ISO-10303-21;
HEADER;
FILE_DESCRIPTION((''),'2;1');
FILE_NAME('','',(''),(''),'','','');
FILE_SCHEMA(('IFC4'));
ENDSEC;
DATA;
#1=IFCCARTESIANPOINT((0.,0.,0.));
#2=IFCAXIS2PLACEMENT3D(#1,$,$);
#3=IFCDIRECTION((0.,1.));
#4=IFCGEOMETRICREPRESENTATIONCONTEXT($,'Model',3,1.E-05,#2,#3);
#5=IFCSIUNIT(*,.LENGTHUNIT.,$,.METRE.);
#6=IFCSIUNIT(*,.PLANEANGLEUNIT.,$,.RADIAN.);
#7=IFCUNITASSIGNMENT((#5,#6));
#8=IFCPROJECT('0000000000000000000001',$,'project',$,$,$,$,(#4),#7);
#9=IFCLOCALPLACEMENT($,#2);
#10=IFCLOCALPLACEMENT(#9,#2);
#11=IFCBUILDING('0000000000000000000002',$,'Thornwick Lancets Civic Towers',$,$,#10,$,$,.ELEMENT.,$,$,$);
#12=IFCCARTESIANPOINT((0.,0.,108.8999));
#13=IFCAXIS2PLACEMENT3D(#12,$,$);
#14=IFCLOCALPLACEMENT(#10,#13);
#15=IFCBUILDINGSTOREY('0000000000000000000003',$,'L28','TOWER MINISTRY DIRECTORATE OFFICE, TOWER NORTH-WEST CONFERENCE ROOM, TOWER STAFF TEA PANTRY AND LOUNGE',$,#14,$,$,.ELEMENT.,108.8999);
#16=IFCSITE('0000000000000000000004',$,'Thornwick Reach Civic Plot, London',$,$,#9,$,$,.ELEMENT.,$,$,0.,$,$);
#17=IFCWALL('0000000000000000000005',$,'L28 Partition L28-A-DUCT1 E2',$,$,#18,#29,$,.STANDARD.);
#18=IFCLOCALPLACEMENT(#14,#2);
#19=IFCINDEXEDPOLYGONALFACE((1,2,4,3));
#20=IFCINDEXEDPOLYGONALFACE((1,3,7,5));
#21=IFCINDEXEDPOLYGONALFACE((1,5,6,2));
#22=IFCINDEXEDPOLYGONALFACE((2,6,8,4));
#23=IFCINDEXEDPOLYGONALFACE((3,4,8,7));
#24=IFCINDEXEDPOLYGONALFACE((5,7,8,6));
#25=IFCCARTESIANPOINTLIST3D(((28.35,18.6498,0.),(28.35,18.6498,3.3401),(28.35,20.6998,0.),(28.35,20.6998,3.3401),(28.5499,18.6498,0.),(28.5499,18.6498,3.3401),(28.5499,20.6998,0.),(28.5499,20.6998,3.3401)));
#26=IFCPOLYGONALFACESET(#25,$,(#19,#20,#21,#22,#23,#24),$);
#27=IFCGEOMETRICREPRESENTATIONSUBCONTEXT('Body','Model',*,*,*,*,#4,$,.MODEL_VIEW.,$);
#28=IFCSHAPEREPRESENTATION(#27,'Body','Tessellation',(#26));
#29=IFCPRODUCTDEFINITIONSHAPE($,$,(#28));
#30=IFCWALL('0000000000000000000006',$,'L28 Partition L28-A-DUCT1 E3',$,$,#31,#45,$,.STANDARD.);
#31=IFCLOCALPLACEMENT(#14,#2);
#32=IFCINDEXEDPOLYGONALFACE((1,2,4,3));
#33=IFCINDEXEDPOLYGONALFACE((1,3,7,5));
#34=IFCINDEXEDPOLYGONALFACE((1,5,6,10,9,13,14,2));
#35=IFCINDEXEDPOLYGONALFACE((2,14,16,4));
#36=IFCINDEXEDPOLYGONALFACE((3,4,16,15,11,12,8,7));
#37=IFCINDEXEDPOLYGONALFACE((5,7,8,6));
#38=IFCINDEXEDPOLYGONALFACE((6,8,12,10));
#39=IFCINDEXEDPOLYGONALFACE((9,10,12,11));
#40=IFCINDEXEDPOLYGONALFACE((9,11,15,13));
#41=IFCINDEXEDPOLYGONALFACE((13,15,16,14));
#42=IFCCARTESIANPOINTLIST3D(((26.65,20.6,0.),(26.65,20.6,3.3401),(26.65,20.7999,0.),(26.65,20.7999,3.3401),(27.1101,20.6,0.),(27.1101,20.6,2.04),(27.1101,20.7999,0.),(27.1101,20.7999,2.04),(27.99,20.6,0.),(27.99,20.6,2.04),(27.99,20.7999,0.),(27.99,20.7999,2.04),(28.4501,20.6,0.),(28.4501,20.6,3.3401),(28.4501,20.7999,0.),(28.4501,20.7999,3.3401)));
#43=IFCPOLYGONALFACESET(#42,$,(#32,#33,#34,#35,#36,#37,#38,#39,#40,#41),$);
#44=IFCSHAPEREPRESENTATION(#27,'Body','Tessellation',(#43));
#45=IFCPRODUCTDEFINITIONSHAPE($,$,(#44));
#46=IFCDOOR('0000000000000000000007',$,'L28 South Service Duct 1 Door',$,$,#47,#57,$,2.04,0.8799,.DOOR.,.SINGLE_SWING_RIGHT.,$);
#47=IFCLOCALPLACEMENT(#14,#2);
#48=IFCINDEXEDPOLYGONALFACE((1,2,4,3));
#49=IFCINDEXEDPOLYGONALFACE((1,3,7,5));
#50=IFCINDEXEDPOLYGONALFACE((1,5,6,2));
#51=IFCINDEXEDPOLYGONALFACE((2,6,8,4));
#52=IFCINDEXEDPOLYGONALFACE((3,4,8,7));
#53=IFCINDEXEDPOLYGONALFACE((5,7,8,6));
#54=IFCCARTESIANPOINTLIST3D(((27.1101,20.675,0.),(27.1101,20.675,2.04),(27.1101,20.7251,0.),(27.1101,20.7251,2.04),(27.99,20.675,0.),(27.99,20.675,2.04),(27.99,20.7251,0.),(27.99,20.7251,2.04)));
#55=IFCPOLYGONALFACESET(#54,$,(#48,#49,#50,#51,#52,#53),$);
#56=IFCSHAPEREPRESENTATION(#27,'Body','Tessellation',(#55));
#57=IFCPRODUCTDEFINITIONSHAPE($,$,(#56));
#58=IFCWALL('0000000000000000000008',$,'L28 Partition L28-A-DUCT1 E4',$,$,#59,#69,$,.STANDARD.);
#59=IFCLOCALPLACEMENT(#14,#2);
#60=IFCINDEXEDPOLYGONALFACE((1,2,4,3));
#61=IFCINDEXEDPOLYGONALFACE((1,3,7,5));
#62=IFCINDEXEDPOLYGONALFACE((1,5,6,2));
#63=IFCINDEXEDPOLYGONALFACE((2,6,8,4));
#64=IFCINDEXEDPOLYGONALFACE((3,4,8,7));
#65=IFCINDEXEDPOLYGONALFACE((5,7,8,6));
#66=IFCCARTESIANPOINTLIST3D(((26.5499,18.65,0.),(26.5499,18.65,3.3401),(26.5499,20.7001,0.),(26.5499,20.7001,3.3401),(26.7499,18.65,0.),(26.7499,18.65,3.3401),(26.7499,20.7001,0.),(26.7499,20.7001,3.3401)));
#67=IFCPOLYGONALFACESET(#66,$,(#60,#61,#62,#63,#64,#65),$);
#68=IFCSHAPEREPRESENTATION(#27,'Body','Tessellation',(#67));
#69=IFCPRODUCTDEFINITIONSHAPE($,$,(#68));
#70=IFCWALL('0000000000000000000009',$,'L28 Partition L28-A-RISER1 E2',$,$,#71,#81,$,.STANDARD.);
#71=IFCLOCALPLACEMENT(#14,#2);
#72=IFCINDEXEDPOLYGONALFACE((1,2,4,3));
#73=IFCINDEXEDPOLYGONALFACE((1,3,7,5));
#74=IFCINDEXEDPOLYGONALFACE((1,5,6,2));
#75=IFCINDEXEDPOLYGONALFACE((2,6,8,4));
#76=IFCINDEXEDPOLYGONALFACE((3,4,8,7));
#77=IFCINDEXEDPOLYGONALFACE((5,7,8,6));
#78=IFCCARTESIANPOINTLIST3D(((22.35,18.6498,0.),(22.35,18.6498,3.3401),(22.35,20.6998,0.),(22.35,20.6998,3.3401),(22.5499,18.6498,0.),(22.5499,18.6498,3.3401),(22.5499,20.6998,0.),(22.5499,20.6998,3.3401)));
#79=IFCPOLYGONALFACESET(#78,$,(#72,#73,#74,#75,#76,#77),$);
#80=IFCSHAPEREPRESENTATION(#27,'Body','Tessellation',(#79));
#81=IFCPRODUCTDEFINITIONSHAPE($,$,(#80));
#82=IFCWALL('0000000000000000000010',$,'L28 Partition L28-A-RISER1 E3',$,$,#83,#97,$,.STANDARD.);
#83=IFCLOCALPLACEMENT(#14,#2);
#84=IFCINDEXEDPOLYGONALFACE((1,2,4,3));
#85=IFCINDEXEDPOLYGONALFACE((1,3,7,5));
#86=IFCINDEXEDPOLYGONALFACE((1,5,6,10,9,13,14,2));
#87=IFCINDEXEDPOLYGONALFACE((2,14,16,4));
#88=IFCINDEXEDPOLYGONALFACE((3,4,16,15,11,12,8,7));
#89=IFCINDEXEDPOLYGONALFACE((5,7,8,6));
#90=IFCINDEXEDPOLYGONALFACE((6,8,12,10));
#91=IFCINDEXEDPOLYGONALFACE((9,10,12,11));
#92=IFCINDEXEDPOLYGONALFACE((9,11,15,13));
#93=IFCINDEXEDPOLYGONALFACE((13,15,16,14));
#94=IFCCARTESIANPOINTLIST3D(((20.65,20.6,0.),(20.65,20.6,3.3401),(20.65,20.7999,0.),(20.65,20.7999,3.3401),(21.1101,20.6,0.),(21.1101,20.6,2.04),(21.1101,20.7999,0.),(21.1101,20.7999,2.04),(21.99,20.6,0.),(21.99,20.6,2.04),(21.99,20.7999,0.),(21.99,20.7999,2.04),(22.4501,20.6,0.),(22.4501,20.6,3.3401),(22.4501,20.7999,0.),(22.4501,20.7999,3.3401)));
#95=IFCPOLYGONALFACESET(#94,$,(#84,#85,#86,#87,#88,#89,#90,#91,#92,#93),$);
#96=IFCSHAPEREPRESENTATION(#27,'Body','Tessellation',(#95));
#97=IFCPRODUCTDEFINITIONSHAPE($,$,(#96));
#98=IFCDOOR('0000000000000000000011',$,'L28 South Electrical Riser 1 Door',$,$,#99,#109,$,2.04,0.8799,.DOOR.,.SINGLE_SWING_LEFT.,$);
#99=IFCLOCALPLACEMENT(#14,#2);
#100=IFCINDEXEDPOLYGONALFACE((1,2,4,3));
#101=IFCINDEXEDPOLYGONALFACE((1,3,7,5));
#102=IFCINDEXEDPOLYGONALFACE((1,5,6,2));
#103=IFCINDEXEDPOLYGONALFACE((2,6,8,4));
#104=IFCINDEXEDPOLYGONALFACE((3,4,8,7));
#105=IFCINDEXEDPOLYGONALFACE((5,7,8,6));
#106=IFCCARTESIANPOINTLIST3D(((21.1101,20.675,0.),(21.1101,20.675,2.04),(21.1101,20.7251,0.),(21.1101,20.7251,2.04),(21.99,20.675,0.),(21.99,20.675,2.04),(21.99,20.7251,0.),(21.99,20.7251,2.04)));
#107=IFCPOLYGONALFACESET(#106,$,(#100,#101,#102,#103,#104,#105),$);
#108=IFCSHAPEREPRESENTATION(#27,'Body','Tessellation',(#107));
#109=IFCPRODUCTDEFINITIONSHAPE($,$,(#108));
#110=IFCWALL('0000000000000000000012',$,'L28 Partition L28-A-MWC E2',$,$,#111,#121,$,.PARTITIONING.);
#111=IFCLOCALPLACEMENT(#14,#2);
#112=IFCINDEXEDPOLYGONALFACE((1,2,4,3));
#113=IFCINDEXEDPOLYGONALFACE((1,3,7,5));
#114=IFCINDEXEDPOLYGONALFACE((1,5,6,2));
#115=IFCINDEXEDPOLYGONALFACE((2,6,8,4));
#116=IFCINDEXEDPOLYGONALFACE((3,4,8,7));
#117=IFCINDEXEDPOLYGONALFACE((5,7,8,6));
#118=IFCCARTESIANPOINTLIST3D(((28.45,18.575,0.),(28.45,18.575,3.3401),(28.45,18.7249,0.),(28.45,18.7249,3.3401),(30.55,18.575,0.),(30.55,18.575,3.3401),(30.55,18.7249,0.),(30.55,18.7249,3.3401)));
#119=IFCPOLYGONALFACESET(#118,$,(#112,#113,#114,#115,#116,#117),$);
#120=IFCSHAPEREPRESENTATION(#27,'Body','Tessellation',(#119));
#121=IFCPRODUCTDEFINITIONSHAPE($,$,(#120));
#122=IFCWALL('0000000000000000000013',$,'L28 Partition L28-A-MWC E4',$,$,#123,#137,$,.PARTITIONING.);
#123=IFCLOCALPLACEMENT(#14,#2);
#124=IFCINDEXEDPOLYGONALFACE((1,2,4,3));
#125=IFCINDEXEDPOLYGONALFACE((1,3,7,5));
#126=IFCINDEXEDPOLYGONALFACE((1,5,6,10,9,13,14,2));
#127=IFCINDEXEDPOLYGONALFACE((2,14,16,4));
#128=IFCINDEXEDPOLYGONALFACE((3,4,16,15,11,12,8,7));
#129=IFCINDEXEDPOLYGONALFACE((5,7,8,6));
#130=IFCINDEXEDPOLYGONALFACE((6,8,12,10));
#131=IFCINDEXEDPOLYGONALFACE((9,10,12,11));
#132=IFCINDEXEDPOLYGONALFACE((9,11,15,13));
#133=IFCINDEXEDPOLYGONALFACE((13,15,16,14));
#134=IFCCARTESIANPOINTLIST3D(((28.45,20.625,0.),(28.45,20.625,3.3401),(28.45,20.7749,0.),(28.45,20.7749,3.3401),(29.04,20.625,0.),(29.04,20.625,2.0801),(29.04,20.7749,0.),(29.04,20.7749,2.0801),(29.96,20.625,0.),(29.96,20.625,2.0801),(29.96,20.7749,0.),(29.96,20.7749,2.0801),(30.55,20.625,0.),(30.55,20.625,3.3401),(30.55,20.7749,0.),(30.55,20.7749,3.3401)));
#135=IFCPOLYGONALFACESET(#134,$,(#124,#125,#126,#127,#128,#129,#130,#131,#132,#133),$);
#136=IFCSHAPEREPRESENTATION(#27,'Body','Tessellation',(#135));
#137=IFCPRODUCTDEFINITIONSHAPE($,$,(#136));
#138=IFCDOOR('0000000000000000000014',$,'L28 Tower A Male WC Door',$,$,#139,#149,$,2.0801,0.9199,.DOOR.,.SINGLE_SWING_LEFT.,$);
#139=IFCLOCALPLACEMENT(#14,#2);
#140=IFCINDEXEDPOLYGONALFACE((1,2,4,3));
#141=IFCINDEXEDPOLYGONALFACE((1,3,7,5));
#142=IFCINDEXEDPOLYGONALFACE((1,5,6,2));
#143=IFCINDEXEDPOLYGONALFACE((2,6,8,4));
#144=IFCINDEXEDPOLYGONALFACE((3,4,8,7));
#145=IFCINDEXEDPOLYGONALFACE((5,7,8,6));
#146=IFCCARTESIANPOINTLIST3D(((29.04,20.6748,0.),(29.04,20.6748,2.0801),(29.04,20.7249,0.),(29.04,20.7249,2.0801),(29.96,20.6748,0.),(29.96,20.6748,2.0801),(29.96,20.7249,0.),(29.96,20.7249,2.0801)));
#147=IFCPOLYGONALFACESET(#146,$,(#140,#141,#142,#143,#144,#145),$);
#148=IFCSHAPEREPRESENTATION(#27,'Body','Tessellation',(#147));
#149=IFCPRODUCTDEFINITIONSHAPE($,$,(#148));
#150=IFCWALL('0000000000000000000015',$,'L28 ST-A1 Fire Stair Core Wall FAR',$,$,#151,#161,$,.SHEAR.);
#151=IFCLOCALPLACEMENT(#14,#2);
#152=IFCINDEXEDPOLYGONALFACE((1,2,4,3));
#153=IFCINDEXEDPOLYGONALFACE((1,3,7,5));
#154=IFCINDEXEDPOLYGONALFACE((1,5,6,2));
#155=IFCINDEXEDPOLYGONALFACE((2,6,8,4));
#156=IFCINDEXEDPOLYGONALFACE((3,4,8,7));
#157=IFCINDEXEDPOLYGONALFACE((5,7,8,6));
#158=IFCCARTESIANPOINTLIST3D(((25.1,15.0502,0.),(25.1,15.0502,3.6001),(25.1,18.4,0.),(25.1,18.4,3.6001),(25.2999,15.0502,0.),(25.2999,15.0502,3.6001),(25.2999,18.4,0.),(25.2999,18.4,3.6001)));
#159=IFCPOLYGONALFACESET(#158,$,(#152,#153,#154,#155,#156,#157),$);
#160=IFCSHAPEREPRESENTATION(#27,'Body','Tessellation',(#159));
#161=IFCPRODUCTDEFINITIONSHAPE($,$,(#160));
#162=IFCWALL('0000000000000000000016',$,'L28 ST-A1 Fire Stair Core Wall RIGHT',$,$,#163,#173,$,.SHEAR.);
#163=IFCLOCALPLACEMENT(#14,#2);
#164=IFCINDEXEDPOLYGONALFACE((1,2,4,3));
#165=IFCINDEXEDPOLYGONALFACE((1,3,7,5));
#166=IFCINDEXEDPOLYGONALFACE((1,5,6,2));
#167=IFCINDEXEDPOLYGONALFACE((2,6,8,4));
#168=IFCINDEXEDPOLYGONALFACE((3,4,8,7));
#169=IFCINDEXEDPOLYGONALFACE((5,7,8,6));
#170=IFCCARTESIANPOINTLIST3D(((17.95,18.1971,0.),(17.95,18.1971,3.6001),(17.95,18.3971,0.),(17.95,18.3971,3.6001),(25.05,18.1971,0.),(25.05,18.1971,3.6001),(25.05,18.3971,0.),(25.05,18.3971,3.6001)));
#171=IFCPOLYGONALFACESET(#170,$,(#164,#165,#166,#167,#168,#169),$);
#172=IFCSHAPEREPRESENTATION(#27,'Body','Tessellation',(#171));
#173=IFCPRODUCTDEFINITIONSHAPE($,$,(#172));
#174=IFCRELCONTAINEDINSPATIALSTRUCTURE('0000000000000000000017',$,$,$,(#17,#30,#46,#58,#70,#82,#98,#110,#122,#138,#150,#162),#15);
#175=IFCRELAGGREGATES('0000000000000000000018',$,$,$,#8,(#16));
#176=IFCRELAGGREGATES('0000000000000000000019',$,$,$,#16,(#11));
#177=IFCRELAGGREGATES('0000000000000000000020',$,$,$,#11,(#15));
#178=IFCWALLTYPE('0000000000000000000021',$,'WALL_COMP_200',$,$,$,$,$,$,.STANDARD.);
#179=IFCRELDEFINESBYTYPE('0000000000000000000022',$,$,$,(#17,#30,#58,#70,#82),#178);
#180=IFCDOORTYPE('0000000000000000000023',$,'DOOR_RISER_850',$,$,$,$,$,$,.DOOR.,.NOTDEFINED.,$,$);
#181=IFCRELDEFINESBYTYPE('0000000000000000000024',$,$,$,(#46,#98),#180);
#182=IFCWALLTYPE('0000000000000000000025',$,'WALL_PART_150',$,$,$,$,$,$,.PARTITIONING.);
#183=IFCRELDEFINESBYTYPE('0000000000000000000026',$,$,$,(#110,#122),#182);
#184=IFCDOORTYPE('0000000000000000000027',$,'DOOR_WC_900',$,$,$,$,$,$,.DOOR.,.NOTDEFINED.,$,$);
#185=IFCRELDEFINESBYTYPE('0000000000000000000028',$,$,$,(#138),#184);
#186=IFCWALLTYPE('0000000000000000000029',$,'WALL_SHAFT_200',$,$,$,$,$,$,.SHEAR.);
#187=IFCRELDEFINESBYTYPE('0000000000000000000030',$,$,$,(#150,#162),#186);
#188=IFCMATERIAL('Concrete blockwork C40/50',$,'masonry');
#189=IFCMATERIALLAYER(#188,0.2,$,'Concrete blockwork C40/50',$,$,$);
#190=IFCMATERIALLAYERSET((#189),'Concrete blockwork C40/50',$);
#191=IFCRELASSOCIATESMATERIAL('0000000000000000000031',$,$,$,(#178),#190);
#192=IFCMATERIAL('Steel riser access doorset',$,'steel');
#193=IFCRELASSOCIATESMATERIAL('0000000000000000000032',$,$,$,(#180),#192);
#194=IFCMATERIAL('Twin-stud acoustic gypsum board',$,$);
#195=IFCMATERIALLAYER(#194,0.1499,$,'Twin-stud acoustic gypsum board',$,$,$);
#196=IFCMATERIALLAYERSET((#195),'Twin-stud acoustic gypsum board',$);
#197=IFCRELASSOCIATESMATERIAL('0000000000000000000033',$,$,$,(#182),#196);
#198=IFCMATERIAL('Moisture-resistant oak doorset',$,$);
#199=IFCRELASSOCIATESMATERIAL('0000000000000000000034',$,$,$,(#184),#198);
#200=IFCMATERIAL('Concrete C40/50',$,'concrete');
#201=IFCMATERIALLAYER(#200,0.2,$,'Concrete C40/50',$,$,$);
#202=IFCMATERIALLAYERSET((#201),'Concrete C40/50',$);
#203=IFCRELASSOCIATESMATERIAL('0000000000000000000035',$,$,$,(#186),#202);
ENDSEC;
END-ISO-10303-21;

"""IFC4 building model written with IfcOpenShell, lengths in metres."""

from ifc_helpers import new_model, si_unit, direction, frame, frame_2d, origin, place, context, subcontext, project, spatial, rectangle, extrude, material, layer, layer_set, type_object, element, fill, save


model = new_model("IFC4")

# Units and contexts
model_context = context("Model", 3, precision=1e-05, world=origin(), true_north=direction((0.0, 1.0)))
body_context = subcontext(model_context, "Body", "Model", "MODEL_VIEW")
ifc_project = project(units=[si_unit("LENGTHUNIT", "METRE"), si_unit("PLANEANGLEUNIT", "RADIAN")], contexts=[model_context])

# Site, building, storey
site_placement = place(None, origin())
site = spatial("IfcSite", under=ifc_project, at=site_placement, Name="Thornwick Reach Civic Plot, London", CompositionType="ELEMENT", RefElevation=0.0)
building_placement = place(site_placement, origin())
building = spatial("IfcBuilding", under=site, at=building_placement, Name="Thornwick Lancets Civic Towers", CompositionType="ELEMENT")
storey_placement = place(building_placement, frame((0.0, 0.0, 108.8999)))
storey = spatial("IfcBuildingStorey", under=building, at=storey_placement, Name="L28", Description="TOWER MINISTRY DIRECTORATE OFFICE, TOWER NORTH-WEST CONFERENCE ROOM, TOWER STAFF TEA PANTRY AND LOUNGE", CompositionType="ELEMENT", Elevation=108.8999)

# Shared definitions
ifc_material_1 = material(Name="Concrete C40/50", Category="concrete")

# Shared definitions
ifc_material_2 = material(Name="Concrete blockwork C40/50", Category="masonry")
ifc_layer_1 = layer(ifc_material_2, 0.2, Name="Concrete blockwork C40/50")
ifc_layer_set_1 = layer_set([ifc_layer_1], Name="Concrete blockwork C40/50")
wall_type_1 = type_object("IfcWallType", Name="WALL_COMP_200", PredefinedType="STANDARD", material=ifc_layer_set_1)

# Wall
wall_1_placement = place(storey_placement, frame((28.45, 18.6499, 0.0), z_axis=(0.0, 0.0, 1.0), x_axis=(0.0, 1.0, 0.0)))
element("IfcWall", 1, at=wall_1_placement, inside=storey, type_object=wall_type_1, Name="L28 Partition L28-A-DUCT1 E2", PredefinedType="STANDARD", context=body_context, shape_type="SweptSolid", body=[
    extrude(rectangle(XDim=2.05, YDim=0.2, at=frame_2d((1.0249, 0.0))), origin(), (0.0, 0.0, 1.0), 3.3401),
])

# Wall, opening, door
wall_2_placement = place(storey_placement, frame((28.45, 20.7, 0.0), z_axis=(0.0, 0.0, 1.0), x_axis=(-1.0, 0.0, 0.0)))
wall_2 = element("IfcWall", 2, at=wall_2_placement, inside=storey, type_object=wall_type_1, Name="L28 Partition L28-A-DUCT1 E3", PredefinedType="STANDARD", context=body_context, shape_type="SweptSolid", body=[
    extrude(rectangle(XDim=1.8, YDim=0.2, at=frame_2d((0.8999, 0.0))), origin(), (0.0, 0.0, 1.0), 3.3401),
])
opening_1_placement = place(wall_2_placement, frame((0.46, 0.0, 0.0)))
opening_1 = element("IfcOpeningElement", 3, at=opening_1_placement, cuts=wall_2, PredefinedType="OPENING", context=body_context, shape_type="SweptSolid", body=[
    extrude(rectangle(XDim=0.8799, YDim=2.04, at=frame_2d((0.4399, 1.02))), frame((0.0, 0.1099, 0.0), z_axis=(0.0, -1.0, 0.0), x_axis=(1.0, 0.0, 0.0)), (0.0, 0.0, 1.0), 0.22),
])
ifc_material_3 = material(Name="Steel riser access doorset", Category="steel")
door_type_1 = type_object("IfcDoorType", Name="DOOR_RISER_850", OperationType="NOTDEFINED", PredefinedType="DOOR", material=ifc_material_3)
door_1_placement = place(opening_1_placement, origin())
door_1 = element("IfcDoor", 4, at=door_1_placement, inside=storey, type_object=door_type_1, Name="L28 South Service Duct 1 Door", OperationType="SINGLE_SWING_RIGHT", OverallHeight=2.04, OverallWidth=0.8799, PredefinedType="DOOR", context=body_context, shape_type="SweptSolid", body=[
    extrude(rectangle(XDim=0.8799, YDim=2.04, at=frame_2d((0.4399, 1.02))), frame((0.0, 0.0249, 0.0), z_axis=(0.0, -1.0, 0.0), x_axis=(1.0, 0.0, 0.0)), (0.0, 0.0, 1.0), 0.05),
])
fill(opening_1, door_1)

# Walls
for number, where, z_axis, x_axis, name in (
    (5, (26.6499, 20.7, 0.0), (0.0, 0.0, 1.0), (0.0, -1.0, 0.0), "L28 Partition L28-A-DUCT1 E4"),
    (6, (22.45, 18.6499, 0.0), (0.0, 0.0, 1.0), (0.0, 1.0, 0.0), "L28 Partition L28-A-RISER1 E2"),
):
    element("IfcWall", number, at=place(storey_placement, frame(where, z_axis=z_axis, x_axis=x_axis)), inside=storey, type_object=wall_type_1, Name=name, PredefinedType="STANDARD", context=body_context, shape_type="SweptSolid", body=[
        extrude(rectangle(XDim=2.05, YDim=0.2, at=frame_2d((1.0249, 0.0))), origin(), (0.0, 0.0, 1.0), 3.3401),
    ])

# Wall, opening, door
wall_3_placement = place(storey_placement, frame((22.45, 20.7, 0.0), z_axis=(0.0, 0.0, 1.0), x_axis=(-1.0, 0.0, 0.0)))
wall_3 = element("IfcWall", 7, at=wall_3_placement, inside=storey, type_object=wall_type_1, Name="L28 Partition L28-A-RISER1 E3", PredefinedType="STANDARD", context=body_context, shape_type="SweptSolid", body=[
    extrude(rectangle(XDim=1.8, YDim=0.2, at=frame_2d((0.8999, 0.0))), origin(), (0.0, 0.0, 1.0), 3.3401),
])
opening_2_placement = place(wall_3_placement, frame((0.46, 0.0, 0.0)))
opening_2 = element("IfcOpeningElement", 8, at=opening_2_placement, cuts=wall_3, PredefinedType="OPENING", context=body_context, shape_type="SweptSolid", body=[
    extrude(rectangle(XDim=0.8799, YDim=2.04, at=frame_2d((0.4399, 1.02))), frame((0.0, 0.1099, 0.0), z_axis=(0.0, -1.0, 0.0), x_axis=(1.0, 0.0, 0.0)), (0.0, 0.0, 1.0), 0.22),
])
door_2_placement = place(opening_2_placement, origin())
door_2 = element("IfcDoor", 9, at=door_2_placement, inside=storey, type_object=door_type_1, Name="L28 South Electrical Riser 1 Door", OperationType="SINGLE_SWING_LEFT", OverallHeight=2.04, OverallWidth=0.8799, PredefinedType="DOOR", context=body_context, shape_type="SweptSolid", body=[
    extrude(rectangle(XDim=0.8799, YDim=2.04, at=frame_2d((0.4399, 1.02))), frame((0.0, 0.0249, 0.0), z_axis=(0.0, -1.0, 0.0), x_axis=(1.0, 0.0, 0.0)), (0.0, 0.0, 1.0), 0.05),
])
fill(opening_2, door_2)

# Wall
ifc_material_4 = material(Name="Twin-stud acoustic gypsum board")
ifc_layer_2 = layer(ifc_material_4, 0.1499, Name="Twin-stud acoustic gypsum board")
ifc_layer_set_2 = layer_set([ifc_layer_2], Name="Twin-stud acoustic gypsum board")
wall_type_2 = type_object("IfcWallType", Name="WALL_PART_150", PredefinedType="PARTITIONING", material=ifc_layer_set_2)
wall_4_placement = place(storey_placement, frame((30.55, 18.6499, 0.0), z_axis=(0.0, 0.0, 1.0), x_axis=(-1.0, 0.0, 0.0)))
element("IfcWall", 10, at=wall_4_placement, inside=storey, type_object=wall_type_2, Name="L28 Partition L28-A-MWC E2", PredefinedType="PARTITIONING", context=body_context, shape_type="SweptSolid", body=[
    extrude(rectangle(XDim=2.1001, YDim=0.1499, at=frame_2d((1.05, 0.0))), origin(), (0.0, 0.0, 1.0), 3.3401),
])

# Wall, opening, door
wall_5_placement = place(storey_placement, frame((28.45, 20.7, 0.0), z_axis=(0.0, 0.0, 1.0), x_axis=(1.0, 0.0, 0.0)))
wall_5 = element("IfcWall", 11, at=wall_5_placement, inside=storey, type_object=wall_type_2, Name="L28 Partition L28-A-MWC E4", PredefinedType="PARTITIONING", context=body_context, shape_type="SweptSolid", body=[
    extrude(rectangle(XDim=2.1001, YDim=0.1499, at=frame_2d((1.05, 0.0))), origin(), (0.0, 0.0, 1.0), 3.3401),
])
opening_3_placement = place(wall_5_placement, frame((0.5901, 0.0, 0.0)))
opening_3 = element("IfcOpeningElement", 12, at=opening_3_placement, cuts=wall_5, PredefinedType="OPENING", context=body_context, shape_type="SweptSolid", body=[
    extrude(rectangle(XDim=0.9199, YDim=2.0801, at=frame_2d((0.46, 1.04))), frame((0.0, 0.085, 0.0), z_axis=(0.0, -1.0, 0.0), x_axis=(1.0, 0.0, 0.0)), (0.0, 0.0, 1.0), 0.1699),
])
ifc_material_5 = material(Name="Moisture-resistant oak doorset")
door_type_2 = type_object("IfcDoorType", Name="DOOR_WC_900", OperationType="NOTDEFINED", PredefinedType="DOOR", material=ifc_material_5)
door_3_placement = place(opening_3_placement, origin())
door_3 = element("IfcDoor", 13, at=door_3_placement, inside=storey, type_object=door_type_2, Name="L28 Tower A Male WC Door", OperationType="SINGLE_SWING_LEFT", OverallHeight=2.0801, OverallWidth=0.9199, PredefinedType="DOOR", context=body_context, shape_type="SweptSolid", body=[
    extrude(rectangle(XDim=0.9199, YDim=2.0801, at=frame_2d((0.46, 1.04))), frame((0.0, 0.0249, 0.0), z_axis=(0.0, -1.0, 0.0), x_axis=(1.0, 0.0, 0.0)), (0.0, 0.0, 1.0), 0.05),
])
fill(opening_3, door_3)

# Walls
ifc_layer_3 = layer(ifc_material_1, 0.2, Name="Concrete C40/50")
ifc_layer_set_3 = layer_set([ifc_layer_3], Name="Concrete C40/50")
wall_type_3 = type_object("IfcWallType", Name="WALL_SHAFT_200", PredefinedType="SHEAR", material=ifc_layer_set_3)
wall_6_placement = place(storey_placement, frame((25.2, 18.3999, 0.0), z_axis=(0.0, 0.0, 1.0), x_axis=(0.0, -1.0, 0.0)))
element("IfcWall", 14, at=wall_6_placement, inside=storey, type_object=wall_type_3, Name="L28 ST-A1 Fire Stair Core Wall FAR", PredefinedType="SHEAR", context=body_context, shape_type="SweptSolid", body=[
    extrude(rectangle(XDim=3.3499, YDim=0.2, at=frame_2d((1.6748, 0.0))), origin(), (0.0, 0.0, 1.0), 3.6001),
])
wall_7_placement = place(storey_placement, frame((25.05, 18.2971, 0.0), z_axis=(0.0, 0.0, 1.0), x_axis=(-1.0, 0.0, 0.0)))
element("IfcWall", 15, at=wall_7_placement, inside=storey, type_object=wall_type_3, Name="L28 ST-A1 Fire Stair Core Wall RIGHT", PredefinedType="SHEAR", context=body_context, shape_type="SweptSolid", body=[
    extrude(rectangle(XDim=7.1001, YDim=0.2, at=frame_2d((3.55, 0.0))), origin(), (0.0, 0.0, 1.0), 3.6001),
])

save(model, "model.ifc")
